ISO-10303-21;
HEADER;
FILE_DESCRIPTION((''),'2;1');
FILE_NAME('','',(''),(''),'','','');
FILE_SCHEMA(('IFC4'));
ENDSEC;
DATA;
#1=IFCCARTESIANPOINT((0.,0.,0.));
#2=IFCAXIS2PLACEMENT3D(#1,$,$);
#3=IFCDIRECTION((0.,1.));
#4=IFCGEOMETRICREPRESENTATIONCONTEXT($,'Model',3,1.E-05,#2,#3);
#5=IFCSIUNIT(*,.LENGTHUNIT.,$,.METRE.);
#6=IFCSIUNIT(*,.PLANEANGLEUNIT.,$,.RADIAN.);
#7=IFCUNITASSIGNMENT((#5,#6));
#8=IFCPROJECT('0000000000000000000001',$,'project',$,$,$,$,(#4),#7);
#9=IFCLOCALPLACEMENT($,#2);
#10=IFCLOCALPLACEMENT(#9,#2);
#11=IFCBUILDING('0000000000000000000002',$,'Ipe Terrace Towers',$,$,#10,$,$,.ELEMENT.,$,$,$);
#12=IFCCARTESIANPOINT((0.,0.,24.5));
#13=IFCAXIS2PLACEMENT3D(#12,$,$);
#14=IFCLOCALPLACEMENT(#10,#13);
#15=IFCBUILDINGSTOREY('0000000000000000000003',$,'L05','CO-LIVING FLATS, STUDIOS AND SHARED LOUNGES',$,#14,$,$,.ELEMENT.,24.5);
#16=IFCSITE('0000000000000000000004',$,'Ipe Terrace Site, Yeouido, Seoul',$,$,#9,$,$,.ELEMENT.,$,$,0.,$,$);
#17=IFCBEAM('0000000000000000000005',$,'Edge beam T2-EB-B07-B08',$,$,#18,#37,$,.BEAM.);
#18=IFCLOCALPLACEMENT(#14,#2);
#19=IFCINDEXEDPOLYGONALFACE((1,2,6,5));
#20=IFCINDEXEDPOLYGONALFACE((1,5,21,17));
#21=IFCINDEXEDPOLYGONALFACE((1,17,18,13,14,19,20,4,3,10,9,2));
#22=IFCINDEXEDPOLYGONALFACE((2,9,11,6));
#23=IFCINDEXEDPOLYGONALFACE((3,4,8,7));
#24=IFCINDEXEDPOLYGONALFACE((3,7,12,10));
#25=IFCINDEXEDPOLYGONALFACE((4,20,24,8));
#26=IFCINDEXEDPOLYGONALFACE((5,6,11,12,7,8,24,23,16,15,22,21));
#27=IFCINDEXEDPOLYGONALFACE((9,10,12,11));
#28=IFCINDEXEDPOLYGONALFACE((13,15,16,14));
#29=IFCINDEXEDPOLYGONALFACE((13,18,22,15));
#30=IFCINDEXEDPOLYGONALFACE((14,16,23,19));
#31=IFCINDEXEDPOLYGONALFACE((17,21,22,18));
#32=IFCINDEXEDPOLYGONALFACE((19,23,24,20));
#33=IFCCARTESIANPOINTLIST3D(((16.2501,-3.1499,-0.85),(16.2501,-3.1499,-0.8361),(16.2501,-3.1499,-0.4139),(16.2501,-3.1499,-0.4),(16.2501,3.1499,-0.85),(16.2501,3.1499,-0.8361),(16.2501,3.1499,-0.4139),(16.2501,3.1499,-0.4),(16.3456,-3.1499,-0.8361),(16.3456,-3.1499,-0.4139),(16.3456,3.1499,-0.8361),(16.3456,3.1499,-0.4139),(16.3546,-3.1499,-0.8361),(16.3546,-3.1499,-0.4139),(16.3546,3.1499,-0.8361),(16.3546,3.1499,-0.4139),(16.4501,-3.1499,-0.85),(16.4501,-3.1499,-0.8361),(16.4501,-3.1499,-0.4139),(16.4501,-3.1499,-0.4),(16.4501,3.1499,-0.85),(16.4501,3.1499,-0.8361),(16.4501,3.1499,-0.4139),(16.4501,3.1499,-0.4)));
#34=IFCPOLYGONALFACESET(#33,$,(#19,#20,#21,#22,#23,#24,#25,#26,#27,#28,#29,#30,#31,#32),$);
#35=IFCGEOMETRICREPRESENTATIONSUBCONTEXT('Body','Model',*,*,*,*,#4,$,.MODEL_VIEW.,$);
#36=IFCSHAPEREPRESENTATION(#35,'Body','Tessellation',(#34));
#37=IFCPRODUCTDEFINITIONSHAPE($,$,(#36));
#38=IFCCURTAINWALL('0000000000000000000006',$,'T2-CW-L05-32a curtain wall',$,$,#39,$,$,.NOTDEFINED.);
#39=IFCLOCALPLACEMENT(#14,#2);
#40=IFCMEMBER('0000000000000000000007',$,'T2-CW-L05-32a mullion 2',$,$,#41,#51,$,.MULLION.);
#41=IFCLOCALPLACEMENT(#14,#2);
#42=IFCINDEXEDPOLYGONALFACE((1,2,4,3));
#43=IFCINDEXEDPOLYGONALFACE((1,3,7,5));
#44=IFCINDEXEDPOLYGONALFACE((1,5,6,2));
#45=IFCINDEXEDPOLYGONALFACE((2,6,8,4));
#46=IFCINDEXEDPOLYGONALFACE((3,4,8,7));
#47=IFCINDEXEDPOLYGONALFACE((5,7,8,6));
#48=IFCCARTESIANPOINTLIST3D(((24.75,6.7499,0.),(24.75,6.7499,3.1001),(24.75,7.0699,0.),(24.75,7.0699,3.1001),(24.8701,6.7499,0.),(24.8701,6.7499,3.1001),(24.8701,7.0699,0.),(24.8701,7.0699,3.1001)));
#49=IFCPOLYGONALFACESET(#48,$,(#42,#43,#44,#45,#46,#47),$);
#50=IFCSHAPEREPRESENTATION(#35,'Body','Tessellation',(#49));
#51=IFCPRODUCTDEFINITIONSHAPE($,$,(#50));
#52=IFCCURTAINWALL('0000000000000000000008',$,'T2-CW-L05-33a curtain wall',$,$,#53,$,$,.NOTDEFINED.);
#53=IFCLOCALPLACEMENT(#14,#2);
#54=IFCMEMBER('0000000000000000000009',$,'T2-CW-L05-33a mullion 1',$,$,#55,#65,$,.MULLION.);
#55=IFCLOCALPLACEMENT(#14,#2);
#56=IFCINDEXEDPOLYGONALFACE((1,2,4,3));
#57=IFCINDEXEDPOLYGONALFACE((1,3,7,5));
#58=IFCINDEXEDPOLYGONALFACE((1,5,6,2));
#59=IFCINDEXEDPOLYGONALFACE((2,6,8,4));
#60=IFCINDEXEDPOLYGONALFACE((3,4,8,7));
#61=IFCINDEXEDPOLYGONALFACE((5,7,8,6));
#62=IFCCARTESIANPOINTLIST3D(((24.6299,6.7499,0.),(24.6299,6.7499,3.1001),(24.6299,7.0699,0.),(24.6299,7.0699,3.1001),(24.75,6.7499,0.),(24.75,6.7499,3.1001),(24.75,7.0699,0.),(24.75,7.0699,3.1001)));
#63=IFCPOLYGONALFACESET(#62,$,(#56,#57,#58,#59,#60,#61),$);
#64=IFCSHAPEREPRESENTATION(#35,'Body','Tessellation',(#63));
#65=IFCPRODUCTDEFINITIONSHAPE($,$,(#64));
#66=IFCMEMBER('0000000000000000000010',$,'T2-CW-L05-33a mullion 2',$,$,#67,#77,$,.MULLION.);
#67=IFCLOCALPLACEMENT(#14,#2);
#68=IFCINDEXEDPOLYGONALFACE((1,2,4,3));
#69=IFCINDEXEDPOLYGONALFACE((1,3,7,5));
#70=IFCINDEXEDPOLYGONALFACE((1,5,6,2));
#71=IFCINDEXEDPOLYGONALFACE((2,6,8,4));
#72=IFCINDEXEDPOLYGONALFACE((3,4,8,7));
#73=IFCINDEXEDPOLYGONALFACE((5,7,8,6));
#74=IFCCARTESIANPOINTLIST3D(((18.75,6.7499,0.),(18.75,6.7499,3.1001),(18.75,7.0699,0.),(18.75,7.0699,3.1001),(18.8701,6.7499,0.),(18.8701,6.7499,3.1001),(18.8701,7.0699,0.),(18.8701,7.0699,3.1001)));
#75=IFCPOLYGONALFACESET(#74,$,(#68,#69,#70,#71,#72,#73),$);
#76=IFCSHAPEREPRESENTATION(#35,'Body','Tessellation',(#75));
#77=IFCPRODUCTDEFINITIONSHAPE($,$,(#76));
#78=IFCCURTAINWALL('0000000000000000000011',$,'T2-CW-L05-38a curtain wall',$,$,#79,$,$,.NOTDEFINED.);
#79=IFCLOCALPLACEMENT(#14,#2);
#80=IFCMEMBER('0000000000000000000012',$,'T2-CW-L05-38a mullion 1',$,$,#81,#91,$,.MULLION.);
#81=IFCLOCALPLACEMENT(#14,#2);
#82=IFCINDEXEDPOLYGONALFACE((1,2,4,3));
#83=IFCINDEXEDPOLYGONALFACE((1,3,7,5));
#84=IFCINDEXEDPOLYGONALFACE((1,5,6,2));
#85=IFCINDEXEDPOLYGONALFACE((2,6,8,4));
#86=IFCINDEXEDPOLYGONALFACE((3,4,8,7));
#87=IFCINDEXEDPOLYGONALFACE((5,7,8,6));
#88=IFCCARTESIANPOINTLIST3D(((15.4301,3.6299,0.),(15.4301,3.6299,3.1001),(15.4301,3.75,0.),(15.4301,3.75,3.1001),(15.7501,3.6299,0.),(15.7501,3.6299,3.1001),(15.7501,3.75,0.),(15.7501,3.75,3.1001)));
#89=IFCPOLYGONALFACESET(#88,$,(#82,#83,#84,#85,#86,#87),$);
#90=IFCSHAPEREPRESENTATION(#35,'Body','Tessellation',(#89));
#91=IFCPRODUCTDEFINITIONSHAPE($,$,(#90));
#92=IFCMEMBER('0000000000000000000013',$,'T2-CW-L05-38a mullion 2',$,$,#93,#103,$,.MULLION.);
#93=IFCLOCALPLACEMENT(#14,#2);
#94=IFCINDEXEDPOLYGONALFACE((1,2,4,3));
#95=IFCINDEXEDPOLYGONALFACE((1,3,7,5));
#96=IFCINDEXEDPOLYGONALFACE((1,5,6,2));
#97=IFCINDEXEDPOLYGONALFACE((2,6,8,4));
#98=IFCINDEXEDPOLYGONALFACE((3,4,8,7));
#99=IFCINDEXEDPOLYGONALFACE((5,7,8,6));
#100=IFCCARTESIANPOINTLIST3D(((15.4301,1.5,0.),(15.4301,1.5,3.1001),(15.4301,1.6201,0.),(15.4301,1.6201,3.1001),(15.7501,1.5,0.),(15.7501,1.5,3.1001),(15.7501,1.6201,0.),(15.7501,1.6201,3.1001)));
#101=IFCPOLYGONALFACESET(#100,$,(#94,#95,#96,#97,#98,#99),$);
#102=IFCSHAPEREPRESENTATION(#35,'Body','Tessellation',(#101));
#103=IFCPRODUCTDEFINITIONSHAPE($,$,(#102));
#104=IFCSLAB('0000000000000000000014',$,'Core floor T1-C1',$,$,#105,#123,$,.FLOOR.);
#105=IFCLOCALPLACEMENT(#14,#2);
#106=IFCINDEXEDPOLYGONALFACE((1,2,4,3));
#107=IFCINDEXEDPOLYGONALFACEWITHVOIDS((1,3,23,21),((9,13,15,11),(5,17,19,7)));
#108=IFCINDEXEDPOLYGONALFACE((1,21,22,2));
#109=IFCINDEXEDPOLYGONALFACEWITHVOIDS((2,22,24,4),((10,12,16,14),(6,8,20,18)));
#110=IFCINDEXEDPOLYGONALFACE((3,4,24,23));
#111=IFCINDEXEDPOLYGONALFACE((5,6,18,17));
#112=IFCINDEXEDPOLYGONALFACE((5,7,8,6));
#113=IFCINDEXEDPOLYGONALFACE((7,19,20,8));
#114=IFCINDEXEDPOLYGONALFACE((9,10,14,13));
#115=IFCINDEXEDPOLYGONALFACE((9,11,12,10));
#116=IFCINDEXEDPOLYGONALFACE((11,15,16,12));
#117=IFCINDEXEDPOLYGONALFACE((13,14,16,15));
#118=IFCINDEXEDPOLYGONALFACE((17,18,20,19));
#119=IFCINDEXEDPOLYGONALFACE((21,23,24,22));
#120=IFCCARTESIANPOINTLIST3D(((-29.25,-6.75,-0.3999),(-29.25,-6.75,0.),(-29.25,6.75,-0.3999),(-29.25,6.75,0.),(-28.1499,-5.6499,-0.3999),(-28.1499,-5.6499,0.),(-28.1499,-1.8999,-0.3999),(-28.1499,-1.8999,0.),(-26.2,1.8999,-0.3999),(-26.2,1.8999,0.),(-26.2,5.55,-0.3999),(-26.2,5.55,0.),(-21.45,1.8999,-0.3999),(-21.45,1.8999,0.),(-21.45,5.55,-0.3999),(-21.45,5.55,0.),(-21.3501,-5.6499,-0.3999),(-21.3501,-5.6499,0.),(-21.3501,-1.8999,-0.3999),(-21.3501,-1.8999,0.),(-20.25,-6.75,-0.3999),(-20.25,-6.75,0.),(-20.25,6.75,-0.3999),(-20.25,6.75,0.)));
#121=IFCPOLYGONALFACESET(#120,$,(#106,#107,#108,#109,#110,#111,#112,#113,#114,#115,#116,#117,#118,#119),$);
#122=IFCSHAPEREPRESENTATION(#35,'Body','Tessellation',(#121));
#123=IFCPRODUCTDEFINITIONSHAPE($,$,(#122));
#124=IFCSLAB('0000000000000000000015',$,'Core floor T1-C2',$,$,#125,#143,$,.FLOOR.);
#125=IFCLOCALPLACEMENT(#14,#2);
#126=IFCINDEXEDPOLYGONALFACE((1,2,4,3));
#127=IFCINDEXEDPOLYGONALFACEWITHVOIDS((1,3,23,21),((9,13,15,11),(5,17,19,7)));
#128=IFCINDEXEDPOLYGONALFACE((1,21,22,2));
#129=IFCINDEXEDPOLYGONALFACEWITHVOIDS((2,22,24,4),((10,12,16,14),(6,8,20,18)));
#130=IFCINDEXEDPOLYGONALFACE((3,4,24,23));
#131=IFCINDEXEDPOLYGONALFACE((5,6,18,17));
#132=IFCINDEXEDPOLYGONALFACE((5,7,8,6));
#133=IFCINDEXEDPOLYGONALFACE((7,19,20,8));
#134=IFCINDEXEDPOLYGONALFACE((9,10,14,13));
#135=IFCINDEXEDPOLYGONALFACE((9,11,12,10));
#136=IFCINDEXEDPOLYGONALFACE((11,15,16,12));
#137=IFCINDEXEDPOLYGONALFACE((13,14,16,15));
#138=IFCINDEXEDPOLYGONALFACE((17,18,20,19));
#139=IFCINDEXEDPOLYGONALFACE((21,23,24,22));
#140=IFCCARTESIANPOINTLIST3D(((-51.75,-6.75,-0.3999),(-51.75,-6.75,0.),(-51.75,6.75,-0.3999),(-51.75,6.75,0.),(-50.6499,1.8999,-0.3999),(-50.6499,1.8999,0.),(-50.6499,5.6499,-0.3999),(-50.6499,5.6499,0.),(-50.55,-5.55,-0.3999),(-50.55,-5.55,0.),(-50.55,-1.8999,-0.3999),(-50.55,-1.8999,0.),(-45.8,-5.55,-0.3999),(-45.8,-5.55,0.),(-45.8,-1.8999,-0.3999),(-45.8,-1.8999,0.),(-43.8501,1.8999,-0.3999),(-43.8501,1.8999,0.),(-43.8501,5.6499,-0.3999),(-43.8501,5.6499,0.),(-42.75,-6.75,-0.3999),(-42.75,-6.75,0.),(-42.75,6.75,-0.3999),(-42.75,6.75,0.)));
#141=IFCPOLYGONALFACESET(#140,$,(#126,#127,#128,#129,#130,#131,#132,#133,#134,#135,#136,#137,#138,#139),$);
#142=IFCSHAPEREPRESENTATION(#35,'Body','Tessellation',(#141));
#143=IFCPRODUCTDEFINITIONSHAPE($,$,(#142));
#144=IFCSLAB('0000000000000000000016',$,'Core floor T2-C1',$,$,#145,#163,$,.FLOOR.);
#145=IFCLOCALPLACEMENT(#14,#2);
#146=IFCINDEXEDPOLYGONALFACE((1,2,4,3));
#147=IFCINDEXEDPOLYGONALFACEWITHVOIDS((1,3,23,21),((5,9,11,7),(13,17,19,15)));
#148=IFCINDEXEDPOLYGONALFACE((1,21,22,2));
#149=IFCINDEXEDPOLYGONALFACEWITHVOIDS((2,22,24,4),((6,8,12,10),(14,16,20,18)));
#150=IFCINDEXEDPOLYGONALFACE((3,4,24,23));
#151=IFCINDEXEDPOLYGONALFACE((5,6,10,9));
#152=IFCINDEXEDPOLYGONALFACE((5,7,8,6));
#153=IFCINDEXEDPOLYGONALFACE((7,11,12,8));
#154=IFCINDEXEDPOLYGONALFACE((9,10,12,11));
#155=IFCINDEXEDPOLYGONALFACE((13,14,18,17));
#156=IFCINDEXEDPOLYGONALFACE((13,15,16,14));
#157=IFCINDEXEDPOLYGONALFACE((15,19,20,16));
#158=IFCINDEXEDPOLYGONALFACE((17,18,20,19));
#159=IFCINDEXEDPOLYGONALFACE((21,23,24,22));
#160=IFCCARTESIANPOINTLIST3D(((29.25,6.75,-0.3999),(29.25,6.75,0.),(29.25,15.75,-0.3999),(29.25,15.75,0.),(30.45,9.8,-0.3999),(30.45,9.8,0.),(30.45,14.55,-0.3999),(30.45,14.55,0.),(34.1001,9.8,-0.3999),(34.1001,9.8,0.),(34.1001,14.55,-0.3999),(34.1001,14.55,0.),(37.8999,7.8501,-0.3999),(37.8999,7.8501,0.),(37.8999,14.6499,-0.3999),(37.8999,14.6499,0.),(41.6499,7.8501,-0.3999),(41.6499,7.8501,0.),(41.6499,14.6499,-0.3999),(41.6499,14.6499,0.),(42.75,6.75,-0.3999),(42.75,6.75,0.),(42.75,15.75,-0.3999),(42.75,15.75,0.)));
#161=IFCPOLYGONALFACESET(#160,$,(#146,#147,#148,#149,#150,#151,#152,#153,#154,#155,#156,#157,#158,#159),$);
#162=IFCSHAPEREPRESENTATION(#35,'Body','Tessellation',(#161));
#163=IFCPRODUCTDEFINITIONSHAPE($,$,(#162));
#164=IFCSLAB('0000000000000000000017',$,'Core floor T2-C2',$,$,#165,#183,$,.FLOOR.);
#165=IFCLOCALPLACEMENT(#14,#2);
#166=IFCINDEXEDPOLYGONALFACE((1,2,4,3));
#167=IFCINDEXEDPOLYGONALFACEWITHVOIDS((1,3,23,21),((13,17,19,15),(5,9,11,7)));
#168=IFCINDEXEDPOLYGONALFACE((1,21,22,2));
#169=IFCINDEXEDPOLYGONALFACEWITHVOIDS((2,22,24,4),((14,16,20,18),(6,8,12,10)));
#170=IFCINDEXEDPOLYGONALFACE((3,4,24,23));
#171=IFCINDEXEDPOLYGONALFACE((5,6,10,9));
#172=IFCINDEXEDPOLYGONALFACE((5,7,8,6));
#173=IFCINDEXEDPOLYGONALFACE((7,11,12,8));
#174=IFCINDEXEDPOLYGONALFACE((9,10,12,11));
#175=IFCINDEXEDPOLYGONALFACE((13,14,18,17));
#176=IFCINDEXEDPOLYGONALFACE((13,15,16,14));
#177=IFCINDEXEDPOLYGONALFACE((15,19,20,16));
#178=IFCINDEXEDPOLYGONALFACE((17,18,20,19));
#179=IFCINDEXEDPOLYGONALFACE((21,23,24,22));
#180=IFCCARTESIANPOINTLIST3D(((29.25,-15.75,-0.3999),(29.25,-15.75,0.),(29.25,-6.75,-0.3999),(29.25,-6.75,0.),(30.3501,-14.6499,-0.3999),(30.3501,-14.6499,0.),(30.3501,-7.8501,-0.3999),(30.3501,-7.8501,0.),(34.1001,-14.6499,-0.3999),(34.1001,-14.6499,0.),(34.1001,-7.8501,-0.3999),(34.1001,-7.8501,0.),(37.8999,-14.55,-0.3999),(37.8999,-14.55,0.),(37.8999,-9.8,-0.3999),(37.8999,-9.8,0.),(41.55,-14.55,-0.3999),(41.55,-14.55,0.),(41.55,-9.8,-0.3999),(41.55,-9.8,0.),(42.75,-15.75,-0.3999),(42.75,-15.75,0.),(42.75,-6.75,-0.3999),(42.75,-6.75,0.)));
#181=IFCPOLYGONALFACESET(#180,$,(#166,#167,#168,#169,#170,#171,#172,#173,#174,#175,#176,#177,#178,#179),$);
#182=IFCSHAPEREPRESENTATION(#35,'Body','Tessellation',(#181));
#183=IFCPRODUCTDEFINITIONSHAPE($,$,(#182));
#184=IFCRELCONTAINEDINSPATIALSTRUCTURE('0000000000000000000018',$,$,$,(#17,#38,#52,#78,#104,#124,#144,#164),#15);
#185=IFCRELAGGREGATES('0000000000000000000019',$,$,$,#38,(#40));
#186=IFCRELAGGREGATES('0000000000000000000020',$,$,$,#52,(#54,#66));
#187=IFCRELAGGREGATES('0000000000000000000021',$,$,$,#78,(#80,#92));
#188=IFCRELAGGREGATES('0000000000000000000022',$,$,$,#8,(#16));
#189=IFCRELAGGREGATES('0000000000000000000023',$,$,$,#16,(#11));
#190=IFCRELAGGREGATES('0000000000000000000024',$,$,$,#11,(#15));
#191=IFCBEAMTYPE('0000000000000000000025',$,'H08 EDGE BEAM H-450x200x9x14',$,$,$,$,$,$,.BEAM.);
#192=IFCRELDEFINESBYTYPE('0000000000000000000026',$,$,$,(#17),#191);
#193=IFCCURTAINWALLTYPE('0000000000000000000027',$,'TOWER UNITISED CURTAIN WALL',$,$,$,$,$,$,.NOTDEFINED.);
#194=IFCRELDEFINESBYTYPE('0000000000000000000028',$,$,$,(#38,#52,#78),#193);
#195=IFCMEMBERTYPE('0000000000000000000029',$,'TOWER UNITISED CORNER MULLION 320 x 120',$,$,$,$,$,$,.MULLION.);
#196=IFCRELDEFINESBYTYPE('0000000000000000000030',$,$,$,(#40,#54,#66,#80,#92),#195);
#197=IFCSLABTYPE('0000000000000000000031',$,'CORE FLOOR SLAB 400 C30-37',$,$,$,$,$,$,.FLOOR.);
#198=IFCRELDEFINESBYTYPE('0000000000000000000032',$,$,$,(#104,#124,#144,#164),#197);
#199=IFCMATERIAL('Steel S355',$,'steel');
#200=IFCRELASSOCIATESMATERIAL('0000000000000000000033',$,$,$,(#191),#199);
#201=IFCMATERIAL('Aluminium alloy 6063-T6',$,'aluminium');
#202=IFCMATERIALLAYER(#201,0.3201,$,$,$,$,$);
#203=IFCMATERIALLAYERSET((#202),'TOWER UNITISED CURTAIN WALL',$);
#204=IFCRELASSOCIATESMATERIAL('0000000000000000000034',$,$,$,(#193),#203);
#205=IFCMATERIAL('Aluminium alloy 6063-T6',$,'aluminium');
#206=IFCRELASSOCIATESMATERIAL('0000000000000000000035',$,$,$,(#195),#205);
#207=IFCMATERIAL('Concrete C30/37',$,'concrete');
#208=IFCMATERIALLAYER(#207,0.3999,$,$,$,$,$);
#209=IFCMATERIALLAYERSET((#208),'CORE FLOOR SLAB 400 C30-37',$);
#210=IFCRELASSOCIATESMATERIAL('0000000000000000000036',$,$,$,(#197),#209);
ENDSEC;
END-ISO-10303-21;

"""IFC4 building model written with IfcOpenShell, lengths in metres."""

from ifc_helpers import new_model, si_unit, direction, frame, origin, origin_2d, place, context, subcontext, project, spatial, polyline, rectangle, i_section, outline, extrude, material, layer, layer_set, material_profile, profile_set, type_object, element, aggregate, save


model = new_model("IFC4")

# Units and contexts
model_context = context("Model", 3, precision=1e-05, world=origin(), true_north=direction((0.0, 1.0)))
body_context = subcontext(model_context, "Body", "Model", "MODEL_VIEW")
ifc_project = project(units=[si_unit("LENGTHUNIT", "METRE"), si_unit("PLANEANGLEUNIT", "RADIAN")], contexts=[model_context])

# Site, building, storey
site_placement = place(None, origin())
site = spatial("IfcSite", under=ifc_project, at=site_placement, Name="Ipe Terrace Site, Yeouido, Seoul", CompositionType="ELEMENT", RefElevation=0.0)
building_placement = place(site_placement, origin())
building = spatial("IfcBuilding", under=site, at=building_placement, Name="Ipe Terrace Towers", CompositionType="ELEMENT")
storey_placement = place(building_placement, frame((0.0, 0.0, 24.5)))
storey = spatial("IfcBuildingStorey", under=building, at=storey_placement, Name="L05", Description="CO-LIVING FLATS, STUDIOS AND SHARED LOUNGES", CompositionType="ELEMENT", Elevation=24.5)

# Beam
ifc_material_1 = material(Name="Steel S355", Category="steel")
ifc_material_profile_1 = material_profile(ifc_material_1, i_section(OverallWidth=0.2, OverallDepth=0.45, WebThickness=0.009, FlangeThickness=0.0139, at=origin_2d()), Name="H-450x200x9x14")
ifc_profile_set_1 = profile_set([ifc_material_profile_1], Name="Steel S355")
beam_type_1 = type_object("IfcBeamType", Name="H08 EDGE BEAM H-450x200x9x14", PredefinedType="BEAM", material=ifc_profile_set_1)
beam_1_placement = place(storey_placement, frame((16.3501, 3.1499, -0.625), z_axis=(0.0, -1.0, 0.0), x_axis=(1.0, 0.0, 0.0)))
element("IfcBeam", 1, at=beam_1_placement, inside=storey, type_object=beam_type_1, Name="Edge beam T2-EB-B07-B08", PredefinedType="BEAM", context=body_context, shape_type="SweptSolid", body=[
    extrude(i_section(OverallWidth=0.2, OverallDepth=0.45, WebThickness=0.009, FlangeThickness=0.0139, at=origin_2d()), origin(), (0.0, 0.0, 1.0), 6.2998),
])

# Curtain wall, member
ifc_material_2 = material(Name="Aluminium alloy 6063-T6", Category="aluminium")
ifc_layer_1 = layer(ifc_material_2, 0.3201)
ifc_layer_set_1 = layer_set([ifc_layer_1], Name="TOWER UNITISED CURTAIN WALL")
curtain_wall_type = type_object("IfcCurtainWallType", Name="TOWER UNITISED CURTAIN WALL", PredefinedType="NOTDEFINED", material=ifc_layer_set_1)
curtain_wall_1_placement = place(storey_placement, origin())
curtain_wall_1 = element("IfcCurtainWall", 2, at=curtain_wall_1_placement, inside=storey, type_object=curtain_wall_type, Name="T2-CW-L05-32a curtain wall", PredefinedType="NOTDEFINED")
ifc_material_3 = material(Name="Aluminium alloy 6063-T6", Category="aluminium")
ifc_material_profile_2 = material_profile(ifc_material_3, rectangle(XDim=0.3201, YDim=0.1201, at=origin_2d()), Name="TOWER UNITISED CORNER MULLION 320 x 120")
ifc_profile_set_2 = profile_set([ifc_material_profile_2], Name="Aluminium alloy 6063-T6")
member_type = type_object("IfcMemberType", Name="TOWER UNITISED CORNER MULLION 320 x 120", PredefinedType="MULLION", material=ifc_profile_set_2)
member_1_placement = place(storey_placement, frame((24.8101, 6.9099, 0.0), z_axis=(0.0, 0.0, 1.0), x_axis=(0.0, 1.0, 0.0)))
member_1 = element("IfcMember", 3, at=member_1_placement, type_object=member_type, Name="T2-CW-L05-32a mullion 2", PredefinedType="MULLION", context=body_context, shape_type="SweptSolid", body=[
    extrude(rectangle(XDim=0.3201, YDim=0.1201, at=origin_2d()), origin(), (0.0, 0.0, 1.0), 3.1001),
])
aggregate(curtain_wall_1, [member_1])

# Curtain walls, members
curtain_wall_2_placement = place(storey_placement, origin())
curtain_wall_2 = element("IfcCurtainWall", 4, at=curtain_wall_2_placement, inside=storey, type_object=curtain_wall_type, Name="T2-CW-L05-33a curtain wall", PredefinedType="NOTDEFINED")
member_2_placement = place(storey_placement, frame((24.6899, 6.9099, 0.0), z_axis=(0.0, 0.0, 1.0), x_axis=(0.0, 1.0, 0.0)))
member_2 = element("IfcMember", 5, at=member_2_placement, type_object=member_type, Name="T2-CW-L05-33a mullion 1", PredefinedType="MULLION", context=body_context, shape_type="SweptSolid", body=[
    extrude(rectangle(XDim=0.3201, YDim=0.1201, at=origin_2d()), origin(), (0.0, 0.0, 1.0), 3.1001),
])
member_3_placement = place(storey_placement, frame((18.8101, 6.9099, 0.0), z_axis=(0.0, 0.0, 1.0), x_axis=(0.0, 1.0, 0.0)))
member_3 = element("IfcMember", 6, at=member_3_placement, type_object=member_type, Name="T2-CW-L05-33a mullion 2", PredefinedType="MULLION", context=body_context, shape_type="SweptSolid", body=[
    extrude(rectangle(XDim=0.3201, YDim=0.1201, at=origin_2d()), origin(), (0.0, 0.0, 1.0), 3.1001),
])
curtain_wall_3_placement = place(storey_placement, origin())
curtain_wall_3 = element("IfcCurtainWall", 7, at=curtain_wall_3_placement, inside=storey, type_object=curtain_wall_type, Name="T2-CW-L05-38a curtain wall", PredefinedType="NOTDEFINED")
member_4_placement = place(storey_placement, frame((15.5901, 3.6899, 0.0), z_axis=(0.0, 0.0, 1.0), x_axis=(-1.0, 0.0, 0.0)))
member_4 = element("IfcMember", 8, at=member_4_placement, type_object=member_type, Name="T2-CW-L05-38a mullion 1", PredefinedType="MULLION", context=body_context, shape_type="SweptSolid", body=[
    extrude(rectangle(XDim=0.3201, YDim=0.1201, at=origin_2d()), origin(), (0.0, 0.0, 1.0), 3.1001),
])
member_5_placement = place(storey_placement, frame((15.5901, 1.5601, 0.0), z_axis=(0.0, 0.0, 1.0), x_axis=(-1.0, 0.0, 0.0)))
member_5 = element("IfcMember", 9, at=member_5_placement, type_object=member_type, Name="T2-CW-L05-38a mullion 2", PredefinedType="MULLION", context=body_context, shape_type="SweptSolid", body=[
    extrude(rectangle(XDim=0.3201, YDim=0.1201, at=origin_2d()), origin(), (0.0, 0.0, 1.0), 3.1001),
])

# Slabs
ifc_material_4 = material(Name="Concrete C30/37", Category="concrete")
ifc_layer_2 = layer(ifc_material_4, 0.3999)
ifc_layer_set_2 = layer_set([ifc_layer_2], Name="CORE FLOOR SLAB 400 C30-37")
slab_type = type_object("IfcSlabType", Name="CORE FLOOR SLAB 400 C30-37", PredefinedType="FLOOR", material=ifc_layer_set_2)
slab_1_placement = place(storey_placement, frame((0.0, 0.0, -0.3999)))
element("IfcSlab", 10, at=slab_1_placement, inside=storey, type_object=slab_type, Name="Core floor T1-C1", PredefinedType="FLOOR", context=body_context, shape_type="SweptSolid", body=[
    extrude(outline(polyline([(-29.25, -6.75), (-29.25, 6.75), (-20.25, 6.75), (-20.25, -6.75), (-29.25, -6.75)]), holes=[polyline([(-28.1499, -5.6499), (-21.3501, -5.6499), (-21.3501, -1.8999), (-28.1499, -1.8999), (-28.1499, -5.6499)]), polyline([(-26.2, 5.55), (-26.2, 1.8999), (-21.45, 1.8999), (-21.45, 5.55), (-26.2, 5.55)])]), origin(), (0.0, 0.0, 1.0), 0.3999),
])
slab_2_placement = place(storey_placement, frame((0.0, 0.0, -0.3999)))
element("IfcSlab", 11, at=slab_2_placement, inside=storey, type_object=slab_type, Name="Core floor T1-C2", PredefinedType="FLOOR", context=body_context, shape_type="SweptSolid", body=[
    extrude(outline(polyline([(-51.75, -6.75), (-51.75, 6.75), (-42.75, 6.75), (-42.75, -6.75), (-51.75, -6.75)]), holes=[polyline([(-45.8, -5.55), (-45.8, -1.8999), (-50.55, -1.8999), (-50.55, -5.55), (-45.8, -5.55)]), polyline([(-50.6499, 1.8999), (-43.8501, 1.8999), (-43.8501, 5.6499), (-50.6499, 5.6499), (-50.6499, 1.8999)])]), origin(), (0.0, 0.0, 1.0), 0.3999),
])
slab_3_placement = place(storey_placement, frame((0.0, 0.0, -0.3999)))
element("IfcSlab", 12, at=slab_3_placement, inside=storey, type_object=slab_type, Name="Core floor T2-C1", PredefinedType="FLOOR", context=body_context, shape_type="SweptSolid", body=[
    extrude(outline(polyline([(29.25, 6.75), (29.25, 15.75), (42.75, 15.75), (42.75, 6.75), (29.25, 6.75)]), holes=[polyline([(41.6499, 7.8501), (41.6499, 14.6499), (37.8999, 14.6499), (37.8999, 7.8501), (41.6499, 7.8501)]), polyline([(30.45, 9.8), (34.1001, 9.8), (34.1001, 14.55), (30.45, 14.55), (30.45, 9.8)])]), origin(), (0.0, 0.0, 1.0), 0.3999),
])
slab_4_placement = place(storey_placement, frame((0.0, 0.0, -0.3999)))
element("IfcSlab", 13, at=slab_4_placement, inside=storey, type_object=slab_type, Name="Core floor T2-C2", PredefinedType="FLOOR", context=body_context, shape_type="SweptSolid", body=[
    extrude(outline(polyline([(29.25, -15.75), (29.25, -6.75), (42.75, -6.75), (42.75, -15.75), (29.25, -15.75)]), holes=[polyline([(34.1001, -14.6499), (34.1001, -7.8501), (30.3501, -7.8501), (30.3501, -14.6499), (34.1001, -14.6499)]), polyline([(41.55, -9.8), (37.8999, -9.8), (37.8999, -14.55), (41.55, -14.55), (41.55, -9.8)])]), origin(), (0.0, 0.0, 1.0), 0.3999),
])

aggregate(curtain_wall_2, [member_2, member_3])
aggregate(curtain_wall_3, [member_4, member_5])

save(model, "model.ifc")
